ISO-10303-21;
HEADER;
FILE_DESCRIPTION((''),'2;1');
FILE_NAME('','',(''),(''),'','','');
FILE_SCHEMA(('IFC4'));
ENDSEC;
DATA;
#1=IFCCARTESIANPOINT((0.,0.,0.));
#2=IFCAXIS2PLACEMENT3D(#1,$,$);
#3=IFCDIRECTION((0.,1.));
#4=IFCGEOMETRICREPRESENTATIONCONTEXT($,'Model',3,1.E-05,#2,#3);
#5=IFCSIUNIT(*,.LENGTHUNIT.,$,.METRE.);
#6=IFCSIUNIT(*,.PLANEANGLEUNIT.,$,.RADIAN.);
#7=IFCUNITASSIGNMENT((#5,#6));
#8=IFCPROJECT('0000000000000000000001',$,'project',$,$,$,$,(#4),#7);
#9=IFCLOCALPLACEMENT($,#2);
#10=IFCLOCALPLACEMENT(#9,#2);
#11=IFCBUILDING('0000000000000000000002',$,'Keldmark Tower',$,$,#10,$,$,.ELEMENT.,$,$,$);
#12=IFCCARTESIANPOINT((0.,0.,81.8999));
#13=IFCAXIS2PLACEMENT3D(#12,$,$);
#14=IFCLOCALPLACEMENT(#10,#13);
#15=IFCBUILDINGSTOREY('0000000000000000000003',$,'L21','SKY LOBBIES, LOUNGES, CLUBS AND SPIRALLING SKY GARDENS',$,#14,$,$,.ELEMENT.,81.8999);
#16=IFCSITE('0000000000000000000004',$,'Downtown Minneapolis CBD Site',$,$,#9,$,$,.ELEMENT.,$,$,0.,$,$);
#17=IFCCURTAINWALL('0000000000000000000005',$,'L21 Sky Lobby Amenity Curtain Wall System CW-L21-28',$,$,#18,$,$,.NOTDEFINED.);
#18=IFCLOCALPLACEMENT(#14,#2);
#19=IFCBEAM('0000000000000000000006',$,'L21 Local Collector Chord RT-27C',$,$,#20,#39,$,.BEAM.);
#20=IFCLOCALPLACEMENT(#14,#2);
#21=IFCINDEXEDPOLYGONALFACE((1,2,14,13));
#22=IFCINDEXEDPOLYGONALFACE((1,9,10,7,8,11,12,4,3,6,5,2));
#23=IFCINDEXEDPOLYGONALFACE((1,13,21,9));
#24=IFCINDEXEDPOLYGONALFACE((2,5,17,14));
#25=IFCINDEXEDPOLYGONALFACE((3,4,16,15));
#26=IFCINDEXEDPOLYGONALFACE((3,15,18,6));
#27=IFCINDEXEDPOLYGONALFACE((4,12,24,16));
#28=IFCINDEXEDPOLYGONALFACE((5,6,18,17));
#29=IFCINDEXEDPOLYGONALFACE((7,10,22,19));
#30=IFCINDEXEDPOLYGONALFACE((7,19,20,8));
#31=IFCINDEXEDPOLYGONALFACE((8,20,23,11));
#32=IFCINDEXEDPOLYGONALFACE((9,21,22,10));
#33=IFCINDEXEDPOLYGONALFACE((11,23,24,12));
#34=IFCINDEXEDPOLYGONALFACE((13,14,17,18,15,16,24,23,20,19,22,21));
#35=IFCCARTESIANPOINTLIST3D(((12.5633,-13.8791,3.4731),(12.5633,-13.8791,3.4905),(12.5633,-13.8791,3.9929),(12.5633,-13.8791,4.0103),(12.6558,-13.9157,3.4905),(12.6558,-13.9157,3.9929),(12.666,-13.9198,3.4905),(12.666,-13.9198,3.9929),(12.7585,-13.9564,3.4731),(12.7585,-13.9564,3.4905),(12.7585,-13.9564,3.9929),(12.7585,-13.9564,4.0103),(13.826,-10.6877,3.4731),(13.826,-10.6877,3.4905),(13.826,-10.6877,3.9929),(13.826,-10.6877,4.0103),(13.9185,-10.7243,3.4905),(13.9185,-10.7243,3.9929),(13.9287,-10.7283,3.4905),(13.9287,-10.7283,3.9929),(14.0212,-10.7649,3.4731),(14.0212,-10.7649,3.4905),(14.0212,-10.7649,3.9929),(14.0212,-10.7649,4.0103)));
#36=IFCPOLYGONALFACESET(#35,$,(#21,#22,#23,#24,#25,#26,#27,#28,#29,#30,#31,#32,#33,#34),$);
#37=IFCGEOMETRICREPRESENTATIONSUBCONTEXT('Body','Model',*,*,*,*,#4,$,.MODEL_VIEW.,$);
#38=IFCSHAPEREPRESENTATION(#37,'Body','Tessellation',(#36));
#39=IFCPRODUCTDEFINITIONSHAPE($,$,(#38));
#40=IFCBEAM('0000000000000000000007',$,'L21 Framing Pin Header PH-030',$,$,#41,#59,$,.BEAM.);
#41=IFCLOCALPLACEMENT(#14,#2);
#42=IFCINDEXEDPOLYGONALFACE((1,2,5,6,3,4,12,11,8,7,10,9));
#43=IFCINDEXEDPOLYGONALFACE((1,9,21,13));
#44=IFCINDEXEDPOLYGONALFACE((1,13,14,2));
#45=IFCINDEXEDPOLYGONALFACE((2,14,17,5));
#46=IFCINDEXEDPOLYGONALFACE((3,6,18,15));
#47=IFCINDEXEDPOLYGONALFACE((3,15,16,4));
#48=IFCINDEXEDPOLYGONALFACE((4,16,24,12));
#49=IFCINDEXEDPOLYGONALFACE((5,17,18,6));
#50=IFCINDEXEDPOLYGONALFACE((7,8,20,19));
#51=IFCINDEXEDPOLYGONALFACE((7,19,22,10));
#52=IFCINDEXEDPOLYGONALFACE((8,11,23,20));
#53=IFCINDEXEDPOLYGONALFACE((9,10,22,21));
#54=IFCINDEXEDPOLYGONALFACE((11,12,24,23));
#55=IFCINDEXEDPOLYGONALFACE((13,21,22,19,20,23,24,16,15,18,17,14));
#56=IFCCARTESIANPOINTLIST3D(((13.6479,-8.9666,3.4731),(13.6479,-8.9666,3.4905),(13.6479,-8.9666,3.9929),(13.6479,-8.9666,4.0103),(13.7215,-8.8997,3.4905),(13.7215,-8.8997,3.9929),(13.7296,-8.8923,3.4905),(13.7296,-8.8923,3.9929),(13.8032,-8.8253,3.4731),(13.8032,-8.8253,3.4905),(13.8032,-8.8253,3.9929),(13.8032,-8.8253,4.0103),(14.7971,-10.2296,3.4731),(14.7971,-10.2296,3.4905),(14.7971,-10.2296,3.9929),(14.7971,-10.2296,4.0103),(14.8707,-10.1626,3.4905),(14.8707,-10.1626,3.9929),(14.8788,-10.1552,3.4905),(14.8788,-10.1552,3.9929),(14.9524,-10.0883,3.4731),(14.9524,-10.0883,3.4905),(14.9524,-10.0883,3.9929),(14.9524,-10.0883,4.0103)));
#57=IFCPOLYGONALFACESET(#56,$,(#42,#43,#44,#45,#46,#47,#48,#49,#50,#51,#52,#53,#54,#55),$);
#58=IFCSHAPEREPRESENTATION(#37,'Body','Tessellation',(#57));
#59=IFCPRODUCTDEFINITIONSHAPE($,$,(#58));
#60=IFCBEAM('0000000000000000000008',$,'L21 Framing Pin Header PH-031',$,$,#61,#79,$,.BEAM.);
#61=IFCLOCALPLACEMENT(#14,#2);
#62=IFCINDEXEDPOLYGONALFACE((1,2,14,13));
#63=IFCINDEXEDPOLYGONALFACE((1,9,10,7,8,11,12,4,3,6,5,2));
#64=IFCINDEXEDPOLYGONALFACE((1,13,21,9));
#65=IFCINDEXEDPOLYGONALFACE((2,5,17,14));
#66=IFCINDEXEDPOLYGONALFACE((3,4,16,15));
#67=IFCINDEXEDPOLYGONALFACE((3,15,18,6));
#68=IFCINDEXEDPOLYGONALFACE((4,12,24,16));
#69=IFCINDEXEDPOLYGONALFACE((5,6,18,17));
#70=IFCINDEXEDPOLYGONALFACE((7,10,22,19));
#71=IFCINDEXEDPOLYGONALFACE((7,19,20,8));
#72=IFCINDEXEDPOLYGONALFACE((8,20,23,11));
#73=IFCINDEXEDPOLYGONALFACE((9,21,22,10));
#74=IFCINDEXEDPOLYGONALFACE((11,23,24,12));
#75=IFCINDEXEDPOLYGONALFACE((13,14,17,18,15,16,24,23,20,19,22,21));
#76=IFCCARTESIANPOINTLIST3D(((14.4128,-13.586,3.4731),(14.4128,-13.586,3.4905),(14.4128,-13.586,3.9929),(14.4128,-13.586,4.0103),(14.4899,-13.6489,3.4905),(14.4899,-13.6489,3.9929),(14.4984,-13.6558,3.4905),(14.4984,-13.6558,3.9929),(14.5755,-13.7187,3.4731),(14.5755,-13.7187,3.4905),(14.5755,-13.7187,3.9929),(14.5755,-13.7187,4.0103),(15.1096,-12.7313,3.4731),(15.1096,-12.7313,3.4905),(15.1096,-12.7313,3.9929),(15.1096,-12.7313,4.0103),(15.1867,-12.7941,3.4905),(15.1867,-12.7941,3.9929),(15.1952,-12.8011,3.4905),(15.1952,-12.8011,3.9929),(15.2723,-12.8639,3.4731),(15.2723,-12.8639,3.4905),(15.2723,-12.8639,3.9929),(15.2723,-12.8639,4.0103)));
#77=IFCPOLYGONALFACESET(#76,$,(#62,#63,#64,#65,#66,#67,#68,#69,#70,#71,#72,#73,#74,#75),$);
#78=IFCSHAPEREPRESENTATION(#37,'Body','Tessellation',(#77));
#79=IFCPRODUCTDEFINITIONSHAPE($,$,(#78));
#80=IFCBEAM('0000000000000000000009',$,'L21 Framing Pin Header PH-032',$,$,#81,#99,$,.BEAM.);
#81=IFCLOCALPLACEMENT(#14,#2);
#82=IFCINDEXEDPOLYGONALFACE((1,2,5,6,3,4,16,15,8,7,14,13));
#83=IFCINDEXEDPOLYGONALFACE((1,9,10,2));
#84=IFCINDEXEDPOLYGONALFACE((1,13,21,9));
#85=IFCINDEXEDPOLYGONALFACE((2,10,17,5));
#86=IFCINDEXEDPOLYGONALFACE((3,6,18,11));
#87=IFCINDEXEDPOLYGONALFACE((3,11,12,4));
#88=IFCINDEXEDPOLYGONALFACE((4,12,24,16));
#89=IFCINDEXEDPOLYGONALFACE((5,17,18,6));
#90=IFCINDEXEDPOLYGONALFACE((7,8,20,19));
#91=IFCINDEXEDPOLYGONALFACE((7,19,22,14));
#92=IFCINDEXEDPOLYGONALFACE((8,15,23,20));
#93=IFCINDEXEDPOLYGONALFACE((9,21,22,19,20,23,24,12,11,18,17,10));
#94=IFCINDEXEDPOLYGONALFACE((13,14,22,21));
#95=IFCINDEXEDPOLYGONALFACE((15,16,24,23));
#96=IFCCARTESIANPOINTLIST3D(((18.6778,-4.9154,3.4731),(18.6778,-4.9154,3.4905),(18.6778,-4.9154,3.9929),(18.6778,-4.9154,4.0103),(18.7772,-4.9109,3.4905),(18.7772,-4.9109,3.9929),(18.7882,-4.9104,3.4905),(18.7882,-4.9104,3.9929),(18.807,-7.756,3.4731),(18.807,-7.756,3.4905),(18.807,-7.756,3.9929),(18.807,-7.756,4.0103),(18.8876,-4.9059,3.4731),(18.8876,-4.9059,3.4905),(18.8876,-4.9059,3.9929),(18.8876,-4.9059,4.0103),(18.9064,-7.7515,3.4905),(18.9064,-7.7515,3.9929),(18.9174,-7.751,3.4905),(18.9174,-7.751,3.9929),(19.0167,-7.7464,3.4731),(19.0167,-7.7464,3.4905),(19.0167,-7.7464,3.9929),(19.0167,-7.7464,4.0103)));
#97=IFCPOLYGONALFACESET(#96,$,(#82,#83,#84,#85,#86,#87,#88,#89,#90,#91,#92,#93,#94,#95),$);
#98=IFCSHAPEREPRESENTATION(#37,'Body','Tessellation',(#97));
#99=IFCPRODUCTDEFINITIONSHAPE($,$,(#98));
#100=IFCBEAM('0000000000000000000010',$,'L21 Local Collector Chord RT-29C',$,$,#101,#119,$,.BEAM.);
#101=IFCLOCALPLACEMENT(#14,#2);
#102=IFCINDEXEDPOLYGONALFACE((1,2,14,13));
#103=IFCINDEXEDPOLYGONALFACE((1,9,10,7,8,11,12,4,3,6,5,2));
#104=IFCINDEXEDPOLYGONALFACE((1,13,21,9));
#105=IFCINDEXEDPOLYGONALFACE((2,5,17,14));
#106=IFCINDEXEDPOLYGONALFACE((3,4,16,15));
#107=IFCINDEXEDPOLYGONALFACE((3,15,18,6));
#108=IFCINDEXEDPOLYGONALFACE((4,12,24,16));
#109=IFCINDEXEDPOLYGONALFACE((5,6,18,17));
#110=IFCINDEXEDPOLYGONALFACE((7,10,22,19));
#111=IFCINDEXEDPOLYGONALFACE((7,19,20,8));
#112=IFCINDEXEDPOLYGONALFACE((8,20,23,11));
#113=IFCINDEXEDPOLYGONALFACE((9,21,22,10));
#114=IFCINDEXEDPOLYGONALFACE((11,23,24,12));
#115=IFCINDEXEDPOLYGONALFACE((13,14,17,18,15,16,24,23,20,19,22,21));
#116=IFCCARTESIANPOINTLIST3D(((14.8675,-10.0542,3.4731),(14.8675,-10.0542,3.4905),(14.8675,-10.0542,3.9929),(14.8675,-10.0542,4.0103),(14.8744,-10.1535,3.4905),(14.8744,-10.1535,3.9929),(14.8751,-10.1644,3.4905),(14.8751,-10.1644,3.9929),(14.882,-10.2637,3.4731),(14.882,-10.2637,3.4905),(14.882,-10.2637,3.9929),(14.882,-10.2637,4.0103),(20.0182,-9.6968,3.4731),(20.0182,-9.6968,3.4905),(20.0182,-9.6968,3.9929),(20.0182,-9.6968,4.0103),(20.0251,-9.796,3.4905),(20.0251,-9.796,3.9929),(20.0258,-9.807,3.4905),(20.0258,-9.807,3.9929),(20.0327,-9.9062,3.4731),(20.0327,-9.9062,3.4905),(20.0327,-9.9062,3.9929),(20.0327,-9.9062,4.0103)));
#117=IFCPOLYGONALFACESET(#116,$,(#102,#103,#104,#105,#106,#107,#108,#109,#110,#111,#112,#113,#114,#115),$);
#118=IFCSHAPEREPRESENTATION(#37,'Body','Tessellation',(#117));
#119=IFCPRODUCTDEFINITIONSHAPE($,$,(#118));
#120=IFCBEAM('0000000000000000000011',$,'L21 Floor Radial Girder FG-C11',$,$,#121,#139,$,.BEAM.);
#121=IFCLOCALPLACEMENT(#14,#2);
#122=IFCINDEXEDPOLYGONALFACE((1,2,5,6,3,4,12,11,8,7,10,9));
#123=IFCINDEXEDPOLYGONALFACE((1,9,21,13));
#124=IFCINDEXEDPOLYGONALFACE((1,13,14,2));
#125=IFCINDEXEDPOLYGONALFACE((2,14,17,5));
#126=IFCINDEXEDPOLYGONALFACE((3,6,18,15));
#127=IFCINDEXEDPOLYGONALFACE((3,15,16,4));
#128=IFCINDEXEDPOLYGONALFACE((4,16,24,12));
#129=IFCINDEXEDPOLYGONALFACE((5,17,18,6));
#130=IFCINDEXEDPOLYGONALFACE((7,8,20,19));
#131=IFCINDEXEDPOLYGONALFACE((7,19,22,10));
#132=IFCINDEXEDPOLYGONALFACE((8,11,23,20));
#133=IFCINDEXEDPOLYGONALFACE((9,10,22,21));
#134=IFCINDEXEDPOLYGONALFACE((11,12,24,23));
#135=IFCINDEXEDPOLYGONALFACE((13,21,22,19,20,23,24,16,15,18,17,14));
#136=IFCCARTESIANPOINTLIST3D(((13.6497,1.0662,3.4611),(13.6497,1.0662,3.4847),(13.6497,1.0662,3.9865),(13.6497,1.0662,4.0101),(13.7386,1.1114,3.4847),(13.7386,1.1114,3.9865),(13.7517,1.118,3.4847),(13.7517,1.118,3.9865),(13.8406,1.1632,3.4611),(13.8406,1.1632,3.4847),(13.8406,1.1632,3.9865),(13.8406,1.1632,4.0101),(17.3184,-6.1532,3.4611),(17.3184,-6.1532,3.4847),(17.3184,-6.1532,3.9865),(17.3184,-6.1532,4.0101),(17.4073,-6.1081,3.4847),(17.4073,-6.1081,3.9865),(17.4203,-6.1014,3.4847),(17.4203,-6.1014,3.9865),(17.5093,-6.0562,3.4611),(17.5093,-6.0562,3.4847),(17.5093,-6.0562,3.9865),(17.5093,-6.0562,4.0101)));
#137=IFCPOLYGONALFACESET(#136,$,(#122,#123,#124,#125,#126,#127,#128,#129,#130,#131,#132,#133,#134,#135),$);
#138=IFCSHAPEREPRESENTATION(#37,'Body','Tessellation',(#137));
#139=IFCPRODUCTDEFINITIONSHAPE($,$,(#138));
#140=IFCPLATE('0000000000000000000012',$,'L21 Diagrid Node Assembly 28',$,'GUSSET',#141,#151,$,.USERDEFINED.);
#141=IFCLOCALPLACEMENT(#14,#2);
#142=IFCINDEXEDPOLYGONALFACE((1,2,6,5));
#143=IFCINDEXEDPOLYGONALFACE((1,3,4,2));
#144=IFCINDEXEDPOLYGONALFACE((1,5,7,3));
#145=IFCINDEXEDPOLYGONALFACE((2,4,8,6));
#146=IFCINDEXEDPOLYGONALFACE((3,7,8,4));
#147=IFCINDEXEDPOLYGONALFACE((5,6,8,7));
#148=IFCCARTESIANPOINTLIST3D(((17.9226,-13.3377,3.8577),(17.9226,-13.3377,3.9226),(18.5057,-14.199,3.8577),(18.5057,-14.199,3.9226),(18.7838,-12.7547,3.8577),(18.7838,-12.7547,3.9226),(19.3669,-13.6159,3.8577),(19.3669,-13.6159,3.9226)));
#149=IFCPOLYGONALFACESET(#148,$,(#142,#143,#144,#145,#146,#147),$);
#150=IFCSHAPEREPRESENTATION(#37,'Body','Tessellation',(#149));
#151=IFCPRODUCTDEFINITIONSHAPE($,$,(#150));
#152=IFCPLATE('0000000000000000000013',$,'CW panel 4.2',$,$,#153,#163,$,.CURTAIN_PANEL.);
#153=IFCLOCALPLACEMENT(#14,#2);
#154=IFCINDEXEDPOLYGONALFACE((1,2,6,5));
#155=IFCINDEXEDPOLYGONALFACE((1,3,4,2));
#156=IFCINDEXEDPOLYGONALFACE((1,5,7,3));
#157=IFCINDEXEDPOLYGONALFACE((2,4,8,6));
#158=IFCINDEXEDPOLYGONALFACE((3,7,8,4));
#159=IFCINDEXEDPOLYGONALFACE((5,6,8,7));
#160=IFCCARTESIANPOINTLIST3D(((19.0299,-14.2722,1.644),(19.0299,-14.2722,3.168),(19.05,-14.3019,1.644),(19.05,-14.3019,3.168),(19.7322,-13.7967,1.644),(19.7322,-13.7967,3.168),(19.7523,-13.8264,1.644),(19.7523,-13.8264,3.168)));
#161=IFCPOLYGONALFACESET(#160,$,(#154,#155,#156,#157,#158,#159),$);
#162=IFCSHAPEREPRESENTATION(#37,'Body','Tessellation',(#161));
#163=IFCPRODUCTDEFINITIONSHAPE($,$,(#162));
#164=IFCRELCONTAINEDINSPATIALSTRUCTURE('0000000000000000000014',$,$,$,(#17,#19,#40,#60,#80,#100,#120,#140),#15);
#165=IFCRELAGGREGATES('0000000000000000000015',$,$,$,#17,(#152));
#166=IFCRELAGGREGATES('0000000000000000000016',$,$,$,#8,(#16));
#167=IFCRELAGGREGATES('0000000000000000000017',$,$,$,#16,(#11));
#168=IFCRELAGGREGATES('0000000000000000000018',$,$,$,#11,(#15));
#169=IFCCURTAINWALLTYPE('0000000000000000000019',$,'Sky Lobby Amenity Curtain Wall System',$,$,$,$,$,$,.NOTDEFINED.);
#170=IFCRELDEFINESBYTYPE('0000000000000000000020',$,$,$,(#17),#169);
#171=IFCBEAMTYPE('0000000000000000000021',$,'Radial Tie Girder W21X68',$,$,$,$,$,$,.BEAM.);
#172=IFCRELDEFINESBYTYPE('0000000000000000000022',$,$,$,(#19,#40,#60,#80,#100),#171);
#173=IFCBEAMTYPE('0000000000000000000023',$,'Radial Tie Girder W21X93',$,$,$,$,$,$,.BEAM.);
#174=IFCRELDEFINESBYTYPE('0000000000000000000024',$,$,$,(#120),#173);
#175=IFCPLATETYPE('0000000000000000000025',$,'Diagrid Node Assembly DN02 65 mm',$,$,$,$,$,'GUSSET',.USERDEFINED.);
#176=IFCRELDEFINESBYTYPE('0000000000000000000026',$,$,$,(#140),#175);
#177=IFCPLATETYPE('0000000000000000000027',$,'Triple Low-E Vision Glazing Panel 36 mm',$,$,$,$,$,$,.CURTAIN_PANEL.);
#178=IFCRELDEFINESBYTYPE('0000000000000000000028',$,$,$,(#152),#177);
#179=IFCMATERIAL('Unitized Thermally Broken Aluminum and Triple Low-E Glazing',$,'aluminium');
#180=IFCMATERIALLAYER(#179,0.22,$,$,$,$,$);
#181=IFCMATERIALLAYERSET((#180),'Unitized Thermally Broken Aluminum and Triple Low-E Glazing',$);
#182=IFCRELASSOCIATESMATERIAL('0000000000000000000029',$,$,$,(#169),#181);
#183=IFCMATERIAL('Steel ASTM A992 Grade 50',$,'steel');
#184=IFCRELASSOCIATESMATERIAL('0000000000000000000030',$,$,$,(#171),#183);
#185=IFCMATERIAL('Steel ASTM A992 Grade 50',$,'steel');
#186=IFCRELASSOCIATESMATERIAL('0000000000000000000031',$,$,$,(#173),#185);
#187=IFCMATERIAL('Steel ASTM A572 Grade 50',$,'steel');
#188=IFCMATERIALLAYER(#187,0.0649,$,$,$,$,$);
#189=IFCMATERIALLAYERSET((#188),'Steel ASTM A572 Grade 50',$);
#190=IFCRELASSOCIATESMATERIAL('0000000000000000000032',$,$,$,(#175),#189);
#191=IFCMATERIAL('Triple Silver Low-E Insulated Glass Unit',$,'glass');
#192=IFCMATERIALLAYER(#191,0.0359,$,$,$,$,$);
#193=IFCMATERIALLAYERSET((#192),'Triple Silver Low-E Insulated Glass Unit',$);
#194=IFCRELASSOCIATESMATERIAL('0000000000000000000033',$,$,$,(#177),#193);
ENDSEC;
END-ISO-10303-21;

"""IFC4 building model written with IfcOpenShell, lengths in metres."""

from ifc_helpers import new_model, si_unit, direction, frame, origin, origin_2d, place, context, subcontext, project, spatial, rectangle, i_section, extrude, material, layer, layer_set, material_profile, profile_set, type_object, element, aggregate, save


model = new_model("IFC4")

# Units and contexts
model_context = context("Model", 3, precision=1e-05, world=origin(), true_north=direction((0.0, 1.0)))
body_context = subcontext(model_context, "Body", "Model", "MODEL_VIEW")
ifc_project = project(units=[si_unit("LENGTHUNIT", "METRE"), si_unit("PLANEANGLEUNIT", "RADIAN")], contexts=[model_context])

# Site, building, storey
site_placement = place(None, origin())
site = spatial("IfcSite", under=ifc_project, at=site_placement, Name="Downtown Minneapolis CBD Site", CompositionType="ELEMENT", RefElevation=0.0)
building_placement = place(site_placement, origin())
building = spatial("IfcBuilding", under=site, at=building_placement, Name="Keldmark Tower", CompositionType="ELEMENT")
storey_placement = place(building_placement, frame((0.0, 0.0, 81.8999)))
storey = spatial("IfcBuildingStorey", under=building, at=storey_placement, Name="L21", Description="SKY LOBBIES, LOUNGES, CLUBS AND SPIRALLING SKY GARDENS", CompositionType="ELEMENT", Elevation=81.8999)

# Curtain wall
ifc_material_1 = material(Name="Unitized Thermally Broken Aluminum and Triple Low-E Glazing", Category="aluminium")
ifc_layer_1 = layer(ifc_material_1, 0.22)
ifc_layer_set_1 = layer_set([ifc_layer_1], Name="Unitized Thermally Broken Aluminum and Triple Low-E Glazing")
curtain_wall_type = type_object("IfcCurtainWallType", Name="Sky Lobby Amenity Curtain Wall System", PredefinedType="NOTDEFINED", material=ifc_layer_set_1)
curtain_wall_placement = place(storey_placement, origin())
curtain_wall = element("IfcCurtainWall", 1, at=curtain_wall_placement, inside=storey, type_object=curtain_wall_type, Name="L21 Sky Lobby Amenity Curtain Wall System CW-L21-28", PredefinedType="NOTDEFINED")

# Beams
ifc_material_2 = material(Name="Steel ASTM A992 Grade 50", Category="steel")
ifc_material_profile_1 = material_profile(ifc_material_2, i_section(OverallWidth=0.21, OverallDepth=0.5371, WebThickness=0.011, FlangeThickness=0.0173, at=origin_2d()), Name="W21X68")
ifc_profile_set_1 = profile_set([ifc_material_profile_1], Name="Steel ASTM A992 Grade 50")
beam_type_1 = type_object("IfcBeamType", Name="Radial Tie Girder W21X68", PredefinedType="BEAM", material=ifc_profile_set_1)
beam_1_placement = place(storey_placement, frame((13.9236, -10.7263, 3.7417), z_axis=(-0.367905, -0.929863, 0.0), x_axis=(0.929863, -0.367905, 0.0)))
element("IfcBeam", 2, at=beam_1_placement, inside=storey, type_object=beam_type_1, Name="L21 Local Collector Chord RT-27C", PredefinedType="BEAM", context=body_context, shape_type="SweptSolid", body=[
    extrude(i_section(OverallWidth=0.21, OverallDepth=0.5371, WebThickness=0.011, FlangeThickness=0.0173, at=origin_2d()), origin(), (0.0, 0.0, 1.0), 3.4321),
])
beam_2_placement = place(storey_placement, frame((13.7256, -8.896, 3.7417), z_axis=(0.673007, -0.739636, 0.0), x_axis=(0.739636, 0.673007, 0.0)))
element("IfcBeam", 3, at=beam_2_placement, inside=storey, type_object=beam_type_1, Name="L21 Framing Pin Header PH-030", PredefinedType="BEAM", context=body_context, shape_type="SweptSolid", body=[
    extrude(i_section(OverallWidth=0.21, OverallDepth=0.5371, WebThickness=0.011, FlangeThickness=0.0173, at=origin_2d()), origin(), (0.0, 0.0, 1.0), 1.7075),
])
beam_3_placement = place(storey_placement, frame((14.4941, -13.6523, 3.7417), z_axis=(0.63185, 0.77509, 0.0), x_axis=(-0.77509, 0.63185, 0.0)))
element("IfcBeam", 4, at=beam_3_placement, inside=storey, type_object=beam_type_1, Name="L21 Framing Pin Header PH-031", PredefinedType="BEAM", context=body_context, shape_type="SweptSolid", body=[
    extrude(i_section(OverallWidth=0.21, OverallDepth=0.5371, WebThickness=0.011, FlangeThickness=0.0173, at=origin_2d()), origin(), (0.0, 0.0, 1.0), 1.1028),
])
beam_4_placement = place(storey_placement, frame((18.7827, -4.9106, 3.7417), z_axis=(0.045419, -0.998968, 0.0), x_axis=(0.998968, 0.045419, 0.0)))
element("IfcBeam", 5, at=beam_4_placement, inside=storey, type_object=beam_type_1, Name="L21 Framing Pin Header PH-032", PredefinedType="BEAM", context=body_context, shape_type="SweptSolid", body=[
    extrude(i_section(OverallWidth=0.21, OverallDepth=0.5371, WebThickness=0.011, FlangeThickness=0.0173, at=origin_2d()), origin(), (0.0, 0.0, 1.0), 2.8435),
])
beam_5_placement = place(storey_placement, frame((14.8748, -10.1589, 3.7417), z_axis=(0.997601, 0.069227, 0.0), x_axis=(-0.069227, 0.997601, 0.0)))
element("IfcBeam", 6, at=beam_5_placement, inside=storey, type_object=beam_type_1, Name="L21 Local Collector Chord RT-29C", PredefinedType="BEAM", context=body_context, shape_type="SweptSolid", body=[
    extrude(i_section(OverallWidth=0.21, OverallDepth=0.5371, WebThickness=0.011, FlangeThickness=0.0173, at=origin_2d()), origin(), (0.0, 0.0, 1.0), 5.1631),
])
ifc_material_3 = material(Name="Steel ASTM A992 Grade 50", Category="steel")
ifc_material_profile_2 = material_profile(ifc_material_3, i_section(OverallWidth=0.2141, OverallDepth=0.5491, WebThickness=0.0146, FlangeThickness=0.0237, at=origin_2d()), Name="W21X93")
ifc_profile_set_2 = profile_set([ifc_material_profile_2], Name="Steel ASTM A992 Grade 50")
beam_type_2 = type_object("IfcBeamType", Name="Radial Tie Girder W21X93", PredefinedType="BEAM", material=ifc_profile_set_2)
beam_6_placement = place(storey_placement, frame((17.4138, -6.1047, 3.7356), z_axis=(-0.453029, 0.891496, 0.0), x_axis=(-0.891496, -0.453029, 0.0)))
element("IfcBeam", 7, at=beam_6_placement, inside=storey, type_object=beam_type_2, Name="L21 Floor Radial Girder FG-C11", PredefinedType="BEAM", context=body_context, shape_type="SweptSolid", body=[
    extrude(i_section(OverallWidth=0.2141, OverallDepth=0.5491, WebThickness=0.0146, FlangeThickness=0.0237, at=origin_2d()), origin(), (0.0, 0.0, 1.0), 8.0981),
])

# Plates
ifc_material_4 = material(Name="Steel ASTM A572 Grade 50", Category="steel")
ifc_layer_2 = layer(ifc_material_4, 0.0649)
ifc_layer_set_2 = layer_set([ifc_layer_2], Name="Steel ASTM A572 Grade 50")
plate_type_1 = type_object("IfcPlateType", Name="Diagrid Node Assembly DN02 65 mm", ElementType="GUSSET", PredefinedType="USERDEFINED", material=ifc_layer_set_2)
plate_1_placement = place(storey_placement, frame((18.6448, -13.4768, 3.8577), z_axis=(0.0, 0.0, 1.0), x_axis=(0.82806, 0.560639, 0.0)))
element("IfcPlate", 8, at=plate_1_placement, inside=storey, type_object=plate_type_1, Name="L21 Diagrid Node Assembly 28", ObjectType="GUSSET", PredefinedType="USERDEFINED", context=body_context, shape_type="SweptSolid", body=[
    extrude(rectangle(XDim=1.04, YDim=1.04, at=origin_2d()), origin(), (0.0, 0.0, 1.0), 0.0649),
])
ifc_material_5 = material(Name="Triple Silver Low-E Insulated Glass Unit", Category="glass")
ifc_layer_3 = layer(ifc_material_5, 0.0359)
ifc_layer_set_3 = layer_set([ifc_layer_3], Name="Triple Silver Low-E Insulated Glass Unit")
plate_type_2 = type_object("IfcPlateType", Name="Triple Low-E Vision Glazing Panel 36 mm", PredefinedType="CURTAIN_PANEL", material=ifc_layer_set_3)
plate_2_placement = place(storey_placement, frame((19.3911, -14.0493, 1.644), z_axis=(0.0, 0.0, 1.0), x_axis=(-0.828059, -0.560642, 0.0)))
plate_2 = element("IfcPlate", 9, at=plate_2_placement, type_object=plate_type_2, Name="CW panel 4.2", PredefinedType="CURTAIN_PANEL", context=body_context, shape_type="SweptSolid", body=[
    extrude(rectangle(XDim=0.8481, YDim=0.0359, at=origin_2d()), origin(), (0.0, 0.0, 1.0), 1.5239),
])
aggregate(curtain_wall, [plate_2])

save(model, "model.ifc")
